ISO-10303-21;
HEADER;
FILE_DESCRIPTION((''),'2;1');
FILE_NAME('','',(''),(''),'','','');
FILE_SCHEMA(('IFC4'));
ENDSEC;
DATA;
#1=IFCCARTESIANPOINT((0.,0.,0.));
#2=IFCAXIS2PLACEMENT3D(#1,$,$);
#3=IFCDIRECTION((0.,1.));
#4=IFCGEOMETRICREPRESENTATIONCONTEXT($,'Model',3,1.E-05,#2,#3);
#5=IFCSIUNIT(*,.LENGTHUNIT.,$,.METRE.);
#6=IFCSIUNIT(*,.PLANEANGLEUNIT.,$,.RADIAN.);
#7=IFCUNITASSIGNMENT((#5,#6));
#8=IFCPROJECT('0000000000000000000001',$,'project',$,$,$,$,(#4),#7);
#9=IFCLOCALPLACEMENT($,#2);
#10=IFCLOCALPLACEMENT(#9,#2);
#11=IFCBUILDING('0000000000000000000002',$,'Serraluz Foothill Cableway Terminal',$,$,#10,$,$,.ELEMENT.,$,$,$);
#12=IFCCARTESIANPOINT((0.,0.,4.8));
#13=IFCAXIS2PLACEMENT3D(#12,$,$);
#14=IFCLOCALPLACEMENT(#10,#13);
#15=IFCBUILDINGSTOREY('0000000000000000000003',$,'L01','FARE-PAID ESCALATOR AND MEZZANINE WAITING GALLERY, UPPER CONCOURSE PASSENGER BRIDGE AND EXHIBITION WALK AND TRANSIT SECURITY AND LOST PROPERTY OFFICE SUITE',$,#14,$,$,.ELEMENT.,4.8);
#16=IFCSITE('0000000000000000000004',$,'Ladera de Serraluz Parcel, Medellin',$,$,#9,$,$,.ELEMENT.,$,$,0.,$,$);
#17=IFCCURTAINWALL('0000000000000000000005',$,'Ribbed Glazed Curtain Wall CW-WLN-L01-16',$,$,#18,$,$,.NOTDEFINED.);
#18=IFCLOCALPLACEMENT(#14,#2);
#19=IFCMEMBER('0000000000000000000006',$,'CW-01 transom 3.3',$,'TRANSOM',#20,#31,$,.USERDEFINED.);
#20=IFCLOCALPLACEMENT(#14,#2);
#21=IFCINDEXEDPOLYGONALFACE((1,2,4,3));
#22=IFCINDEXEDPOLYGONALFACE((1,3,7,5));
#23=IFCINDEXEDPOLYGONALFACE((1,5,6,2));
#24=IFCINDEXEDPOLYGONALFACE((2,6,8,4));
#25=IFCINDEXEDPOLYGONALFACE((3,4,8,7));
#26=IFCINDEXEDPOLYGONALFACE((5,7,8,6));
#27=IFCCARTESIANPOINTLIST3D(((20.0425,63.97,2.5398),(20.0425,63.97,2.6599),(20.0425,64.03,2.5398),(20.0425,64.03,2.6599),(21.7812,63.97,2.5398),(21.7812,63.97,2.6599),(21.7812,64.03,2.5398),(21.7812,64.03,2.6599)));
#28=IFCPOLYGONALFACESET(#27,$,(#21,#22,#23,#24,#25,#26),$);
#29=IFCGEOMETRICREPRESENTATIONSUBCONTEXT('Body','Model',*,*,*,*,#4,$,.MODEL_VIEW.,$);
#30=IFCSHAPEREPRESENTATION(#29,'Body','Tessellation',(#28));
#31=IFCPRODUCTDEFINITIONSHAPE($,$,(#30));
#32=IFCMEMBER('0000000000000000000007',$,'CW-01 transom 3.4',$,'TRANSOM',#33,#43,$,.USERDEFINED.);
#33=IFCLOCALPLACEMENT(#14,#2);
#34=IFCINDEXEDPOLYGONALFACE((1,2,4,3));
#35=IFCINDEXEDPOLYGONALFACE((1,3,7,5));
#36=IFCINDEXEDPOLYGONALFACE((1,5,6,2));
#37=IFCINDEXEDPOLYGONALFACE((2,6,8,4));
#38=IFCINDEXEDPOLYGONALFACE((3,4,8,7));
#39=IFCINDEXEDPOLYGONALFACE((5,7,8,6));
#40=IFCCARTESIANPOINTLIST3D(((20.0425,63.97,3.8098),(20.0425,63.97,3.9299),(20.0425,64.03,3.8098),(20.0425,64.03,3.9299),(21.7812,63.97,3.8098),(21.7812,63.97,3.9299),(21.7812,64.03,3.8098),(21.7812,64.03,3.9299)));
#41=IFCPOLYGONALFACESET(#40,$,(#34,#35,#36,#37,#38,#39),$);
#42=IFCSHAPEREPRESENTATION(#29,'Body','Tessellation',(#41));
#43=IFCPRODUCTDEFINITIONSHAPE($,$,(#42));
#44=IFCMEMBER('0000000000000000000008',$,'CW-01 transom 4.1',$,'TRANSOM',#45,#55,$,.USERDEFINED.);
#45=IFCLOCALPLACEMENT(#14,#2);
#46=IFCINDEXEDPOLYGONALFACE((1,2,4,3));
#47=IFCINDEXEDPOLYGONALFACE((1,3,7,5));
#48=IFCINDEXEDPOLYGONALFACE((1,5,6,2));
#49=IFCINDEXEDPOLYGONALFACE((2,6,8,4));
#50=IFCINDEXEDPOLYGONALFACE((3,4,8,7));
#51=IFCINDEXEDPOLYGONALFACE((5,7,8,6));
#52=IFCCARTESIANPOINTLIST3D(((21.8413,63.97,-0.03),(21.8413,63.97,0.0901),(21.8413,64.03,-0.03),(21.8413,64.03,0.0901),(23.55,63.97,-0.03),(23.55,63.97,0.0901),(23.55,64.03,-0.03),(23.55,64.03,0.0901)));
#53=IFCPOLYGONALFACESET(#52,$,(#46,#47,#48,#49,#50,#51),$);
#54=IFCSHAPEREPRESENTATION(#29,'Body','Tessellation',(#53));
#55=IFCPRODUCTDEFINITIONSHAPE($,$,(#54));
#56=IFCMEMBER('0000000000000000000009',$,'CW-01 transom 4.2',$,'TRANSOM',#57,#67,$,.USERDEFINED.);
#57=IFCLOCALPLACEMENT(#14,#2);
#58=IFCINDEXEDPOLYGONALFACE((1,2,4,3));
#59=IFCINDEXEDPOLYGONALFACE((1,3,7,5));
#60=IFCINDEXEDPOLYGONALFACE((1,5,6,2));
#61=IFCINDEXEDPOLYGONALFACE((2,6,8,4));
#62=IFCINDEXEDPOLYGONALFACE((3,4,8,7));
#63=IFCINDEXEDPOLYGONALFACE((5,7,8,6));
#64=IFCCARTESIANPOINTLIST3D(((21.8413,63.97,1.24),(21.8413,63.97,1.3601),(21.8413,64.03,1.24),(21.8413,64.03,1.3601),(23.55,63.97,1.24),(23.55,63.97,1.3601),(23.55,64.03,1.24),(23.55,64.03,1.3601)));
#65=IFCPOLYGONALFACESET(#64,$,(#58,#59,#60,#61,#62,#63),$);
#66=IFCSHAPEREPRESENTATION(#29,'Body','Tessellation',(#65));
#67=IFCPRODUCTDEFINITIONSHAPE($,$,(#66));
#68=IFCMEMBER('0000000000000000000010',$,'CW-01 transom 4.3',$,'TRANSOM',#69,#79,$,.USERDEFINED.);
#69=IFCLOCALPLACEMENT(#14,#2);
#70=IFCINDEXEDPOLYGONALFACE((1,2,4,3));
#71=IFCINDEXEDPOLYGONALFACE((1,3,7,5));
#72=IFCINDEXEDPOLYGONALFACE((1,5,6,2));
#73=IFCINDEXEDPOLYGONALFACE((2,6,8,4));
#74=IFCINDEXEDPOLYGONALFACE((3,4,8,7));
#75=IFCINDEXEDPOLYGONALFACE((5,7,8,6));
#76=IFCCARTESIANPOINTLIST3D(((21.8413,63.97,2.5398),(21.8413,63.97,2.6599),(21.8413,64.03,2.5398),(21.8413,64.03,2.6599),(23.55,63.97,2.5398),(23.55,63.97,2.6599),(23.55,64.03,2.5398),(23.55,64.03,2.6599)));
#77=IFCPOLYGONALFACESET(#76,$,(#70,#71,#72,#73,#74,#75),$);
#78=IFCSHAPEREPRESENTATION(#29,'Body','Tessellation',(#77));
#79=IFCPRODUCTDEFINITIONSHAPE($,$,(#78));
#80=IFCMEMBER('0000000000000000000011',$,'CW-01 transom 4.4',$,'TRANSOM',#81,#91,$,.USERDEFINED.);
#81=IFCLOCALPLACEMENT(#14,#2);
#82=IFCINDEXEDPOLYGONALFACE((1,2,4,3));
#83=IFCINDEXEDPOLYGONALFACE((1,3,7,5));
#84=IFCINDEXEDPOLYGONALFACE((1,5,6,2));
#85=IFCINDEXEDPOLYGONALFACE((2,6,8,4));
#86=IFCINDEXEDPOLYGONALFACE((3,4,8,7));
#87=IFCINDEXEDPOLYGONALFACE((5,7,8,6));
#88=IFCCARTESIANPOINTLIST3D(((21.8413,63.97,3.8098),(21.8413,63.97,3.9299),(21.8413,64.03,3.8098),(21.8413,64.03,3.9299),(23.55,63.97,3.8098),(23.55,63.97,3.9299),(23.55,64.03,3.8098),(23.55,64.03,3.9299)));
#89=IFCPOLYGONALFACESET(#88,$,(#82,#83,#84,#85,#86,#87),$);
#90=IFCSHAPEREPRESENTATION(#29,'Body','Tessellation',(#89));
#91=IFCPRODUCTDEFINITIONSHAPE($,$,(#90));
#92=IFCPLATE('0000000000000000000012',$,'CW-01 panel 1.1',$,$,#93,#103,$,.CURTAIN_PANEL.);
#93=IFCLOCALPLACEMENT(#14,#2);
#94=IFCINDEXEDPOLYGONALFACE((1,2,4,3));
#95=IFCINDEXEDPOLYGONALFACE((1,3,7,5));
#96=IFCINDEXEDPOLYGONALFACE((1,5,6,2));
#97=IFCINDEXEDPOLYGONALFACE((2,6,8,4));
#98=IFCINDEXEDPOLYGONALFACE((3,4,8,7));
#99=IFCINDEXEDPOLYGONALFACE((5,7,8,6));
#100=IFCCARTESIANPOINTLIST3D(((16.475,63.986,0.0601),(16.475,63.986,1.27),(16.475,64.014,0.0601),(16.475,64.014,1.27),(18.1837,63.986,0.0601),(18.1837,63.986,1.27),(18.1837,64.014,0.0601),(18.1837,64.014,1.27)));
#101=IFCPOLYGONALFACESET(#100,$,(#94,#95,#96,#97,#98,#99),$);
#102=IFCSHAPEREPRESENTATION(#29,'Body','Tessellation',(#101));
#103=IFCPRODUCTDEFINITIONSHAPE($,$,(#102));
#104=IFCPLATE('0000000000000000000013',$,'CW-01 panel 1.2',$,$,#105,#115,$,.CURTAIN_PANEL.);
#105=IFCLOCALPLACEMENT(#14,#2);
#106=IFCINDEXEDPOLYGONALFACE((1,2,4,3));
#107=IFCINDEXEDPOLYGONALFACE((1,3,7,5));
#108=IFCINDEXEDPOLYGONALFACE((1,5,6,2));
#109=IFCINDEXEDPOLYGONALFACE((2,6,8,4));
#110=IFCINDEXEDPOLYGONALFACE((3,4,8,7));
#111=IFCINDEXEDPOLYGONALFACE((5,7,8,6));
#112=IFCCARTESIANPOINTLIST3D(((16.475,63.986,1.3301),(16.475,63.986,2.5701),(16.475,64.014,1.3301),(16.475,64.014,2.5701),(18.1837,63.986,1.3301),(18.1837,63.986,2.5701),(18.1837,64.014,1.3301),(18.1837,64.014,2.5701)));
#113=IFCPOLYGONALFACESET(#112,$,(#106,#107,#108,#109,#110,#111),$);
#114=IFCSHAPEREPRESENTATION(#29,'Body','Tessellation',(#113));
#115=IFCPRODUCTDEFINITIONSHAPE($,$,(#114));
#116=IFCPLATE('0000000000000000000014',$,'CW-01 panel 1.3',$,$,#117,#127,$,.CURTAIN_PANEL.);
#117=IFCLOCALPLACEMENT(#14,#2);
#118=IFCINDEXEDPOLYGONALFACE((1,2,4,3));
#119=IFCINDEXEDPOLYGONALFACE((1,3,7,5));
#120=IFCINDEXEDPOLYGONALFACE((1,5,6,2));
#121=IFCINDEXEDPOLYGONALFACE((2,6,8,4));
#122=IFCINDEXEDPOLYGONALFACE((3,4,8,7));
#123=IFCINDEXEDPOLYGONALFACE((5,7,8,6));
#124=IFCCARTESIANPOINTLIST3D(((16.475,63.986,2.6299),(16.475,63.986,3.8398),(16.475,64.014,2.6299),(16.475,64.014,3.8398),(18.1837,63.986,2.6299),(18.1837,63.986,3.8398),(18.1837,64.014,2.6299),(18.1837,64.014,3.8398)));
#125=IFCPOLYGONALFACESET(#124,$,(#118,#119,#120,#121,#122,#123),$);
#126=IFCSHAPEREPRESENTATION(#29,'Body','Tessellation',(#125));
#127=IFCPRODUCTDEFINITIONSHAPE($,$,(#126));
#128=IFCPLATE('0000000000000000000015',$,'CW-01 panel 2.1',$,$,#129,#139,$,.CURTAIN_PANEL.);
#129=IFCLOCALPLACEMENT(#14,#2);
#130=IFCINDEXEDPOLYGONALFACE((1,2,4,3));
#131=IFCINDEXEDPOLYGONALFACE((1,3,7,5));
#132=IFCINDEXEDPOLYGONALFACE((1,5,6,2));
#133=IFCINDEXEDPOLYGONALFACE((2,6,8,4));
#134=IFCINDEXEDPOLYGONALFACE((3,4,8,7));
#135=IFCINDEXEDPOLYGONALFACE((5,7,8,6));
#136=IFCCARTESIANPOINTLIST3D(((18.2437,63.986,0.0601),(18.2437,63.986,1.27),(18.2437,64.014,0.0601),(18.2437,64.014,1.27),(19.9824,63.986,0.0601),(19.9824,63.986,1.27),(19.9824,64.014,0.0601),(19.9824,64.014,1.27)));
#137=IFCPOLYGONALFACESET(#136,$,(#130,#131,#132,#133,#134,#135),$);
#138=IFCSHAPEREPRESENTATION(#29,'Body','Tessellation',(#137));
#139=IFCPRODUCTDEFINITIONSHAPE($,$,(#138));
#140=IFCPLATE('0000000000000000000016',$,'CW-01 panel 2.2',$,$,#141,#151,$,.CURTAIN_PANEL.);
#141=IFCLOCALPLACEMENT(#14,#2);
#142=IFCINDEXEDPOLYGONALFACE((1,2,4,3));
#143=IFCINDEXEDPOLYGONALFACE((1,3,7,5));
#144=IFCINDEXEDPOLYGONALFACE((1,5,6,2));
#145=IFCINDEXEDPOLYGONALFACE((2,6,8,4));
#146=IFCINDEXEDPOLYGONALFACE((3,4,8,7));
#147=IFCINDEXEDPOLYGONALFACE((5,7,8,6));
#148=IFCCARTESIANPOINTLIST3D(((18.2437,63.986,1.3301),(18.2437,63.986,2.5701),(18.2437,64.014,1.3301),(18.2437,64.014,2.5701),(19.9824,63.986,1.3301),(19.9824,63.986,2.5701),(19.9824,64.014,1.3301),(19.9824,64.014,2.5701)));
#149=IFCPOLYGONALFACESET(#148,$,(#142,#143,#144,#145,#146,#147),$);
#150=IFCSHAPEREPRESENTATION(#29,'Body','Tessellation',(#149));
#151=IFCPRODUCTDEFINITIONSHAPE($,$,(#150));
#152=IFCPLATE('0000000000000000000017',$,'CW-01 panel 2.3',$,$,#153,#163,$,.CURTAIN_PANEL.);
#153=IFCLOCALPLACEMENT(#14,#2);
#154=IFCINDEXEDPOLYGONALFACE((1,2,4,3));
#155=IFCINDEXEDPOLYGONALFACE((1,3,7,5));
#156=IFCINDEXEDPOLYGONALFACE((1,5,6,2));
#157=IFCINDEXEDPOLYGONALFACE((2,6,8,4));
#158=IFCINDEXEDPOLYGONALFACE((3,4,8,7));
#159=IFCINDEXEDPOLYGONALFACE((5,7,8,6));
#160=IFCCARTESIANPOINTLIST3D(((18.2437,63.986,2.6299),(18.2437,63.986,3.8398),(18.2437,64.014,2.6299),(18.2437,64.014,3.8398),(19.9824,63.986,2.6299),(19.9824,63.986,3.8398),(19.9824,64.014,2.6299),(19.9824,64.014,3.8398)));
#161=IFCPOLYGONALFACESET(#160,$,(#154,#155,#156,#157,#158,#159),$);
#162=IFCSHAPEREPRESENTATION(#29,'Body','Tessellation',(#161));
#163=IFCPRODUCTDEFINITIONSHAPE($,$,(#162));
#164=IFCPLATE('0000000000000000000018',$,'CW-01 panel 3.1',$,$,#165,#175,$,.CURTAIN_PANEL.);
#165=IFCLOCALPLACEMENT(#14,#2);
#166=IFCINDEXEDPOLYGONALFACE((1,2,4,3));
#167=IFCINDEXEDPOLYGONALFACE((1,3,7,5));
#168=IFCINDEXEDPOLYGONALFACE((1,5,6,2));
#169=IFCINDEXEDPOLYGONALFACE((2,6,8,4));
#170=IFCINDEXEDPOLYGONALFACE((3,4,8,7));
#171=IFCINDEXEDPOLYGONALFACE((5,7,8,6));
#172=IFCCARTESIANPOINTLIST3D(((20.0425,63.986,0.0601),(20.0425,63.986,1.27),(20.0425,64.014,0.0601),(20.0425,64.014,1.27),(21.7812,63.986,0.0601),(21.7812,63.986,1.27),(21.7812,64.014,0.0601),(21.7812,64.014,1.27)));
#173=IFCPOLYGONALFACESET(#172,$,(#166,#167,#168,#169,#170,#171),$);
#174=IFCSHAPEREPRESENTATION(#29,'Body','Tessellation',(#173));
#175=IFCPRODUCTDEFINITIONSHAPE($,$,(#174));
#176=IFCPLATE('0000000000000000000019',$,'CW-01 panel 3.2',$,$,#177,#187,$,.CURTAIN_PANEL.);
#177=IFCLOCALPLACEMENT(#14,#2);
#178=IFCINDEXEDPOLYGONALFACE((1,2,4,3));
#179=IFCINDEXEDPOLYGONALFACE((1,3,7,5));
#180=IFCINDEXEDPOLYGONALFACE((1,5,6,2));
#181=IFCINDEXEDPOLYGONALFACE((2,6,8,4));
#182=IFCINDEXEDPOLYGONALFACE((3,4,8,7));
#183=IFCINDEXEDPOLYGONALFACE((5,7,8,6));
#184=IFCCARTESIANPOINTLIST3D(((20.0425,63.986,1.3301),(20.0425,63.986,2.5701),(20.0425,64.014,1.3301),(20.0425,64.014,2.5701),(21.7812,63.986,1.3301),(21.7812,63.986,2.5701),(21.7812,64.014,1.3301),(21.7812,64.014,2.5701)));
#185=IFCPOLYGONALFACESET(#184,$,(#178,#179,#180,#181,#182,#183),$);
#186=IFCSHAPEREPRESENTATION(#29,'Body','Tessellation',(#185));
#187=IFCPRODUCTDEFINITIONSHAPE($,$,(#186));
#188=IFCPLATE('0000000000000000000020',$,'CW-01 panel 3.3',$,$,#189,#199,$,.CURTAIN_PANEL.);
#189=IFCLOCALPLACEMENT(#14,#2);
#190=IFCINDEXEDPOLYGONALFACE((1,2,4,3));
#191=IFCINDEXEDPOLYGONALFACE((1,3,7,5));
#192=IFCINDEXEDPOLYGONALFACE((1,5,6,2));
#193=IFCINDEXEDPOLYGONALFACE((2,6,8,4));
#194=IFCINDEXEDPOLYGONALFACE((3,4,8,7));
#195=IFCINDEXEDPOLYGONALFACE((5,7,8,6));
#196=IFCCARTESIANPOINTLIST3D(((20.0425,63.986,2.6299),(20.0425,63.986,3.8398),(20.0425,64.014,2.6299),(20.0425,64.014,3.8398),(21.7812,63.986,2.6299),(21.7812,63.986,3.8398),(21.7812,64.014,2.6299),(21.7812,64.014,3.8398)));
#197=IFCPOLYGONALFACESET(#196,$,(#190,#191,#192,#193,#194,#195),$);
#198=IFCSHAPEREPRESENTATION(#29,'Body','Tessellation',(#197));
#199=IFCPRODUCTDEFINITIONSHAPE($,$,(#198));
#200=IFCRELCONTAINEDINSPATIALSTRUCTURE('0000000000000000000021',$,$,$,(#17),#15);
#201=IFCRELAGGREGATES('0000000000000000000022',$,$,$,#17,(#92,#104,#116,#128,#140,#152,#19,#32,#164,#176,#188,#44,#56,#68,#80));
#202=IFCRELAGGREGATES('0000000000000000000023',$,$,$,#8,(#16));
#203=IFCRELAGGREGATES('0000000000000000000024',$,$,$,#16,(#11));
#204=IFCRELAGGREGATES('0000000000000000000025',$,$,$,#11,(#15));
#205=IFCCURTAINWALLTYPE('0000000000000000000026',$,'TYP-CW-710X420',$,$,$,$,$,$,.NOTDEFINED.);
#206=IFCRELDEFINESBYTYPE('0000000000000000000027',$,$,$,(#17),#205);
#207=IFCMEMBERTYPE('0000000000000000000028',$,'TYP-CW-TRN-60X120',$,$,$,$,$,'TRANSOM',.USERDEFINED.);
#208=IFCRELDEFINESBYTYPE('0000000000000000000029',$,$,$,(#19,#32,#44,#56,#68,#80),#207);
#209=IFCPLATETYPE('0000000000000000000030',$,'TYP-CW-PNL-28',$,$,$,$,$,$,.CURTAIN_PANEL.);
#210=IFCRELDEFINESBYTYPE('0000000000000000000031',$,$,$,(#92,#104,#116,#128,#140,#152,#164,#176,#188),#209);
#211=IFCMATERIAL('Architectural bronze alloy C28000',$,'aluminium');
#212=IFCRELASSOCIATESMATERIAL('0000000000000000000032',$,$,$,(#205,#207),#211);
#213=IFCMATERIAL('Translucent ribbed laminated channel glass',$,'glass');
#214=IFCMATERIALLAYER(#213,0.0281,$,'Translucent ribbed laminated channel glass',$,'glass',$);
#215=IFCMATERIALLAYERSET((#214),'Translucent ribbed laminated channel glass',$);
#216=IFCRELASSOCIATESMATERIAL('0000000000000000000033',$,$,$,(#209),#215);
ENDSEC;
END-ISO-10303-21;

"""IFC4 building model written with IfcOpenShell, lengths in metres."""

from ifc_helpers import new_model, si_unit, direction, frame, origin, origin_2d, place, context, subcontext, project, spatial, rectangle, extrude, material, layer, layer_set, material_profile, profile_set, type_object, element, aggregate, save


model = new_model("IFC4")

# Units and contexts
model_context = context("Model", 3, precision=1e-05, world=origin(), true_north=direction((0.0, 1.0)))
body_context = subcontext(model_context, "Body", "Model", "MODEL_VIEW")
ifc_project = project(units=[si_unit("LENGTHUNIT", "METRE"), si_unit("PLANEANGLEUNIT", "RADIAN")], contexts=[model_context])

# Site, building, storey
site_placement = place(None, origin())
site = spatial("IfcSite", under=ifc_project, at=site_placement, Name="Ladera de Serraluz Parcel, Medellin", CompositionType="ELEMENT", RefElevation=0.0)
building_placement = place(site_placement, origin())
building = spatial("IfcBuilding", under=site, at=building_placement, Name="Serraluz Foothill Cableway Terminal", CompositionType="ELEMENT")
storey_placement = place(building_placement, frame((0.0, 0.0, 4.8)))
storey = spatial("IfcBuildingStorey", under=building, at=storey_placement, Name="L01", Description="FARE-PAID ESCALATOR AND MEZZANINE WAITING GALLERY, UPPER CONCOURSE PASSENGER BRIDGE AND EXHIBITION WALK AND TRANSIT SECURITY AND LOST PROPERTY OFFICE SUITE", CompositionType="ELEMENT", Elevation=4.8)

# Curtain wall, members, plates
ifc_material_1 = material(Name="Architectural bronze alloy C28000", Category="aluminium")
curtain_wall_type = type_object("IfcCurtainWallType", Name="TYP-CW-710X420", PredefinedType="NOTDEFINED", material=ifc_material_1)
curtain_wall_placement = place(storey_placement, origin())
curtain_wall = element("IfcCurtainWall", 1, at=curtain_wall_placement, inside=storey, type_object=curtain_wall_type, Name="Ribbed Glazed Curtain Wall CW-WLN-L01-16", PredefinedType="NOTDEFINED")
ifc_material_profile_1 = material_profile(ifc_material_1, rectangle(XDim=0.0601, YDim=0.1201, at=origin_2d()), Name="ALU TRANSOM 60x120")
ifc_profile_set_1 = profile_set([ifc_material_profile_1], Name="Architectural bronze alloy C28000")
member_type_1 = type_object("IfcMemberType", Name="TYP-CW-TRN-60X120", ElementType="TRANSOM", PredefinedType="USERDEFINED", material=ifc_profile_set_1)
member_1_placement = place(storey_placement, frame((20.0425, 64.0, 2.5999), z_axis=(1.0, 0.0, 0.0), x_axis=(0.0, 1.0, 0.0)))
member_1 = element("IfcMember", 2, at=member_1_placement, type_object=member_type_1, Name="CW-01 transom 3.3", ObjectType="TRANSOM", PredefinedType="USERDEFINED", context=body_context, shape_type="SweptSolid", body=[
    extrude(rectangle(XDim=0.0601, YDim=0.1201, at=origin_2d()), origin(), (0.0, 0.0, 1.0), 1.7388),
])
member_2_placement = place(storey_placement, frame((20.0425, 64.0, 3.8699), z_axis=(1.0, 0.0, 0.0), x_axis=(0.0, 1.0, 0.0)))
member_2 = element("IfcMember", 3, at=member_2_placement, type_object=member_type_1, Name="CW-01 transom 3.4", ObjectType="TRANSOM", PredefinedType="USERDEFINED", context=body_context, shape_type="SweptSolid", body=[
    extrude(rectangle(XDim=0.0601, YDim=0.1201, at=origin_2d()), origin(), (0.0, 0.0, 1.0), 1.7388),
])
member_3_placement = place(storey_placement, frame((21.8413, 64.0, 0.03), z_axis=(1.0, 0.0, 0.0), x_axis=(0.0, 1.0, 0.0)))
member_3 = element("IfcMember", 4, at=member_3_placement, type_object=member_type_1, Name="CW-01 transom 4.1", ObjectType="TRANSOM", PredefinedType="USERDEFINED", context=body_context, shape_type="SweptSolid", body=[
    extrude(rectangle(XDim=0.0601, YDim=0.1201, at=origin_2d()), origin(), (0.0, 0.0, 1.0), 1.7087),
])
member_4_placement = place(storey_placement, frame((21.8413, 64.0, 1.3), z_axis=(1.0, 0.0, 0.0), x_axis=(0.0, 1.0, 0.0)))
member_4 = element("IfcMember", 5, at=member_4_placement, type_object=member_type_1, Name="CW-01 transom 4.2", ObjectType="TRANSOM", PredefinedType="USERDEFINED", context=body_context, shape_type="SweptSolid", body=[
    extrude(rectangle(XDim=0.0601, YDim=0.1201, at=origin_2d()), origin(), (0.0, 0.0, 1.0), 1.7087),
])
member_5_placement = place(storey_placement, frame((21.8413, 64.0, 2.5999), z_axis=(1.0, 0.0, 0.0), x_axis=(0.0, 1.0, 0.0)))
member_5 = element("IfcMember", 6, at=member_5_placement, type_object=member_type_1, Name="CW-01 transom 4.3", ObjectType="TRANSOM", PredefinedType="USERDEFINED", context=body_context, shape_type="SweptSolid", body=[
    extrude(rectangle(XDim=0.0601, YDim=0.1201, at=origin_2d()), origin(), (0.0, 0.0, 1.0), 1.7087),
])
member_6_placement = place(storey_placement, frame((21.8413, 64.0, 3.8699), z_axis=(1.0, 0.0, 0.0), x_axis=(0.0, 1.0, 0.0)))
member_6 = element("IfcMember", 7, at=member_6_placement, type_object=member_type_1, Name="CW-01 transom 4.4", ObjectType="TRANSOM", PredefinedType="USERDEFINED", context=body_context, shape_type="SweptSolid", body=[
    extrude(rectangle(XDim=0.0601, YDim=0.1201, at=origin_2d()), origin(), (0.0, 0.0, 1.0), 1.7087),
])
ifc_material_2 = material(Name="Translucent ribbed laminated channel glass", Category="glass")
ifc_layer = layer(ifc_material_2, 0.0281, Name="Translucent ribbed laminated channel glass", Category="glass")
ifc_layer_set = layer_set([ifc_layer], Name="Translucent ribbed laminated channel glass")
plate_type = type_object("IfcPlateType", Name="TYP-CW-PNL-28", PredefinedType="CURTAIN_PANEL", material=ifc_layer_set)
plate_1_placement = place(storey_placement, frame((17.3293, 64.0, 0.0601), z_axis=(0.0, 0.0, 1.0), x_axis=(1.0, 0.0, 0.0)))
plate_1 = element("IfcPlate", 8, at=plate_1_placement, type_object=plate_type, Name="CW-01 panel 1.1", PredefinedType="CURTAIN_PANEL", context=body_context, shape_type="SweptSolid", body=[
    extrude(rectangle(XDim=1.7087, YDim=0.0281, at=origin_2d()), origin(), (0.0, 0.0, 1.0), 1.21),
])
plate_2_placement = place(storey_placement, frame((17.3293, 64.0, 1.3301), z_axis=(0.0, 0.0, 1.0), x_axis=(1.0, 0.0, 0.0)))
plate_2 = element("IfcPlate", 9, at=plate_2_placement, type_object=plate_type, Name="CW-01 panel 1.2", PredefinedType="CURTAIN_PANEL", context=body_context, shape_type="SweptSolid", body=[
    extrude(rectangle(XDim=1.7087, YDim=0.0281, at=origin_2d()), origin(), (0.0, 0.0, 1.0), 1.24),
])
plate_3_placement = place(storey_placement, frame((17.3293, 64.0, 2.6299), z_axis=(0.0, 0.0, 1.0), x_axis=(1.0, 0.0, 0.0)))
plate_3 = element("IfcPlate", 10, at=plate_3_placement, type_object=plate_type, Name="CW-01 panel 1.3", PredefinedType="CURTAIN_PANEL", context=body_context, shape_type="SweptSolid", body=[
    extrude(rectangle(XDim=1.7087, YDim=0.0281, at=origin_2d()), origin(), (0.0, 0.0, 1.0), 1.21),
])
plate_4_placement = place(storey_placement, frame((19.113, 64.0, 0.0601), z_axis=(0.0, 0.0, 1.0), x_axis=(1.0, 0.0, 0.0)))
plate_4 = element("IfcPlate", 11, at=plate_4_placement, type_object=plate_type, Name="CW-01 panel 2.1", PredefinedType="CURTAIN_PANEL", context=body_context, shape_type="SweptSolid", body=[
    extrude(rectangle(XDim=1.7388, YDim=0.0281, at=origin_2d()), origin(), (0.0, 0.0, 1.0), 1.21),
])
plate_5_placement = place(storey_placement, frame((19.113, 64.0, 1.3301), z_axis=(0.0, 0.0, 1.0), x_axis=(1.0, 0.0, 0.0)))
plate_5 = element("IfcPlate", 12, at=plate_5_placement, type_object=plate_type, Name="CW-01 panel 2.2", PredefinedType="CURTAIN_PANEL", context=body_context, shape_type="SweptSolid", body=[
    extrude(rectangle(XDim=1.7388, YDim=0.0281, at=origin_2d()), origin(), (0.0, 0.0, 1.0), 1.24),
])
plate_6_placement = place(storey_placement, frame((19.113, 64.0, 2.6299), z_axis=(0.0, 0.0, 1.0), x_axis=(1.0, 0.0, 0.0)))
plate_6 = element("IfcPlate", 13, at=plate_6_placement, type_object=plate_type, Name="CW-01 panel 2.3", PredefinedType="CURTAIN_PANEL", context=body_context, shape_type="SweptSolid", body=[
    extrude(rectangle(XDim=1.7388, YDim=0.0281, at=origin_2d()), origin(), (0.0, 0.0, 1.0), 1.21),
])
plate_7_placement = place(storey_placement, frame((20.9119, 64.0, 0.0601), z_axis=(0.0, 0.0, 1.0), x_axis=(1.0, 0.0, 0.0)))
plate_7 = element("IfcPlate", 14, at=plate_7_placement, type_object=plate_type, Name="CW-01 panel 3.1", PredefinedType="CURTAIN_PANEL", context=body_context, shape_type="SweptSolid", body=[
    extrude(rectangle(XDim=1.7388, YDim=0.0281, at=origin_2d()), origin(), (0.0, 0.0, 1.0), 1.21),
])
plate_8_placement = place(storey_placement, frame((20.9119, 64.0, 1.3301), z_axis=(0.0, 0.0, 1.0), x_axis=(1.0, 0.0, 0.0)))
plate_8 = element("IfcPlate", 15, at=plate_8_placement, type_object=plate_type, Name="CW-01 panel 3.2", PredefinedType="CURTAIN_PANEL", context=body_context, shape_type="SweptSolid", body=[
    extrude(rectangle(XDim=1.7388, YDim=0.0281, at=origin_2d()), origin(), (0.0, 0.0, 1.0), 1.24),
])
plate_9_placement = place(storey_placement, frame((20.9119, 64.0, 2.6299), z_axis=(0.0, 0.0, 1.0), x_axis=(1.0, 0.0, 0.0)))
plate_9 = element("IfcPlate", 16, at=plate_9_placement, type_object=plate_type, Name="CW-01 panel 3.3", PredefinedType="CURTAIN_PANEL", context=body_context, shape_type="SweptSolid", body=[
    extrude(rectangle(XDim=1.7388, YDim=0.0281, at=origin_2d()), origin(), (0.0, 0.0, 1.0), 1.21),
])
aggregate(curtain_wall, [plate_1, plate_2, plate_3, plate_4, plate_5, plate_6, member_1, member_2, plate_7, plate_8, plate_9, member_3, member_4, member_5, member_6])

save(model, "model.ifc")
